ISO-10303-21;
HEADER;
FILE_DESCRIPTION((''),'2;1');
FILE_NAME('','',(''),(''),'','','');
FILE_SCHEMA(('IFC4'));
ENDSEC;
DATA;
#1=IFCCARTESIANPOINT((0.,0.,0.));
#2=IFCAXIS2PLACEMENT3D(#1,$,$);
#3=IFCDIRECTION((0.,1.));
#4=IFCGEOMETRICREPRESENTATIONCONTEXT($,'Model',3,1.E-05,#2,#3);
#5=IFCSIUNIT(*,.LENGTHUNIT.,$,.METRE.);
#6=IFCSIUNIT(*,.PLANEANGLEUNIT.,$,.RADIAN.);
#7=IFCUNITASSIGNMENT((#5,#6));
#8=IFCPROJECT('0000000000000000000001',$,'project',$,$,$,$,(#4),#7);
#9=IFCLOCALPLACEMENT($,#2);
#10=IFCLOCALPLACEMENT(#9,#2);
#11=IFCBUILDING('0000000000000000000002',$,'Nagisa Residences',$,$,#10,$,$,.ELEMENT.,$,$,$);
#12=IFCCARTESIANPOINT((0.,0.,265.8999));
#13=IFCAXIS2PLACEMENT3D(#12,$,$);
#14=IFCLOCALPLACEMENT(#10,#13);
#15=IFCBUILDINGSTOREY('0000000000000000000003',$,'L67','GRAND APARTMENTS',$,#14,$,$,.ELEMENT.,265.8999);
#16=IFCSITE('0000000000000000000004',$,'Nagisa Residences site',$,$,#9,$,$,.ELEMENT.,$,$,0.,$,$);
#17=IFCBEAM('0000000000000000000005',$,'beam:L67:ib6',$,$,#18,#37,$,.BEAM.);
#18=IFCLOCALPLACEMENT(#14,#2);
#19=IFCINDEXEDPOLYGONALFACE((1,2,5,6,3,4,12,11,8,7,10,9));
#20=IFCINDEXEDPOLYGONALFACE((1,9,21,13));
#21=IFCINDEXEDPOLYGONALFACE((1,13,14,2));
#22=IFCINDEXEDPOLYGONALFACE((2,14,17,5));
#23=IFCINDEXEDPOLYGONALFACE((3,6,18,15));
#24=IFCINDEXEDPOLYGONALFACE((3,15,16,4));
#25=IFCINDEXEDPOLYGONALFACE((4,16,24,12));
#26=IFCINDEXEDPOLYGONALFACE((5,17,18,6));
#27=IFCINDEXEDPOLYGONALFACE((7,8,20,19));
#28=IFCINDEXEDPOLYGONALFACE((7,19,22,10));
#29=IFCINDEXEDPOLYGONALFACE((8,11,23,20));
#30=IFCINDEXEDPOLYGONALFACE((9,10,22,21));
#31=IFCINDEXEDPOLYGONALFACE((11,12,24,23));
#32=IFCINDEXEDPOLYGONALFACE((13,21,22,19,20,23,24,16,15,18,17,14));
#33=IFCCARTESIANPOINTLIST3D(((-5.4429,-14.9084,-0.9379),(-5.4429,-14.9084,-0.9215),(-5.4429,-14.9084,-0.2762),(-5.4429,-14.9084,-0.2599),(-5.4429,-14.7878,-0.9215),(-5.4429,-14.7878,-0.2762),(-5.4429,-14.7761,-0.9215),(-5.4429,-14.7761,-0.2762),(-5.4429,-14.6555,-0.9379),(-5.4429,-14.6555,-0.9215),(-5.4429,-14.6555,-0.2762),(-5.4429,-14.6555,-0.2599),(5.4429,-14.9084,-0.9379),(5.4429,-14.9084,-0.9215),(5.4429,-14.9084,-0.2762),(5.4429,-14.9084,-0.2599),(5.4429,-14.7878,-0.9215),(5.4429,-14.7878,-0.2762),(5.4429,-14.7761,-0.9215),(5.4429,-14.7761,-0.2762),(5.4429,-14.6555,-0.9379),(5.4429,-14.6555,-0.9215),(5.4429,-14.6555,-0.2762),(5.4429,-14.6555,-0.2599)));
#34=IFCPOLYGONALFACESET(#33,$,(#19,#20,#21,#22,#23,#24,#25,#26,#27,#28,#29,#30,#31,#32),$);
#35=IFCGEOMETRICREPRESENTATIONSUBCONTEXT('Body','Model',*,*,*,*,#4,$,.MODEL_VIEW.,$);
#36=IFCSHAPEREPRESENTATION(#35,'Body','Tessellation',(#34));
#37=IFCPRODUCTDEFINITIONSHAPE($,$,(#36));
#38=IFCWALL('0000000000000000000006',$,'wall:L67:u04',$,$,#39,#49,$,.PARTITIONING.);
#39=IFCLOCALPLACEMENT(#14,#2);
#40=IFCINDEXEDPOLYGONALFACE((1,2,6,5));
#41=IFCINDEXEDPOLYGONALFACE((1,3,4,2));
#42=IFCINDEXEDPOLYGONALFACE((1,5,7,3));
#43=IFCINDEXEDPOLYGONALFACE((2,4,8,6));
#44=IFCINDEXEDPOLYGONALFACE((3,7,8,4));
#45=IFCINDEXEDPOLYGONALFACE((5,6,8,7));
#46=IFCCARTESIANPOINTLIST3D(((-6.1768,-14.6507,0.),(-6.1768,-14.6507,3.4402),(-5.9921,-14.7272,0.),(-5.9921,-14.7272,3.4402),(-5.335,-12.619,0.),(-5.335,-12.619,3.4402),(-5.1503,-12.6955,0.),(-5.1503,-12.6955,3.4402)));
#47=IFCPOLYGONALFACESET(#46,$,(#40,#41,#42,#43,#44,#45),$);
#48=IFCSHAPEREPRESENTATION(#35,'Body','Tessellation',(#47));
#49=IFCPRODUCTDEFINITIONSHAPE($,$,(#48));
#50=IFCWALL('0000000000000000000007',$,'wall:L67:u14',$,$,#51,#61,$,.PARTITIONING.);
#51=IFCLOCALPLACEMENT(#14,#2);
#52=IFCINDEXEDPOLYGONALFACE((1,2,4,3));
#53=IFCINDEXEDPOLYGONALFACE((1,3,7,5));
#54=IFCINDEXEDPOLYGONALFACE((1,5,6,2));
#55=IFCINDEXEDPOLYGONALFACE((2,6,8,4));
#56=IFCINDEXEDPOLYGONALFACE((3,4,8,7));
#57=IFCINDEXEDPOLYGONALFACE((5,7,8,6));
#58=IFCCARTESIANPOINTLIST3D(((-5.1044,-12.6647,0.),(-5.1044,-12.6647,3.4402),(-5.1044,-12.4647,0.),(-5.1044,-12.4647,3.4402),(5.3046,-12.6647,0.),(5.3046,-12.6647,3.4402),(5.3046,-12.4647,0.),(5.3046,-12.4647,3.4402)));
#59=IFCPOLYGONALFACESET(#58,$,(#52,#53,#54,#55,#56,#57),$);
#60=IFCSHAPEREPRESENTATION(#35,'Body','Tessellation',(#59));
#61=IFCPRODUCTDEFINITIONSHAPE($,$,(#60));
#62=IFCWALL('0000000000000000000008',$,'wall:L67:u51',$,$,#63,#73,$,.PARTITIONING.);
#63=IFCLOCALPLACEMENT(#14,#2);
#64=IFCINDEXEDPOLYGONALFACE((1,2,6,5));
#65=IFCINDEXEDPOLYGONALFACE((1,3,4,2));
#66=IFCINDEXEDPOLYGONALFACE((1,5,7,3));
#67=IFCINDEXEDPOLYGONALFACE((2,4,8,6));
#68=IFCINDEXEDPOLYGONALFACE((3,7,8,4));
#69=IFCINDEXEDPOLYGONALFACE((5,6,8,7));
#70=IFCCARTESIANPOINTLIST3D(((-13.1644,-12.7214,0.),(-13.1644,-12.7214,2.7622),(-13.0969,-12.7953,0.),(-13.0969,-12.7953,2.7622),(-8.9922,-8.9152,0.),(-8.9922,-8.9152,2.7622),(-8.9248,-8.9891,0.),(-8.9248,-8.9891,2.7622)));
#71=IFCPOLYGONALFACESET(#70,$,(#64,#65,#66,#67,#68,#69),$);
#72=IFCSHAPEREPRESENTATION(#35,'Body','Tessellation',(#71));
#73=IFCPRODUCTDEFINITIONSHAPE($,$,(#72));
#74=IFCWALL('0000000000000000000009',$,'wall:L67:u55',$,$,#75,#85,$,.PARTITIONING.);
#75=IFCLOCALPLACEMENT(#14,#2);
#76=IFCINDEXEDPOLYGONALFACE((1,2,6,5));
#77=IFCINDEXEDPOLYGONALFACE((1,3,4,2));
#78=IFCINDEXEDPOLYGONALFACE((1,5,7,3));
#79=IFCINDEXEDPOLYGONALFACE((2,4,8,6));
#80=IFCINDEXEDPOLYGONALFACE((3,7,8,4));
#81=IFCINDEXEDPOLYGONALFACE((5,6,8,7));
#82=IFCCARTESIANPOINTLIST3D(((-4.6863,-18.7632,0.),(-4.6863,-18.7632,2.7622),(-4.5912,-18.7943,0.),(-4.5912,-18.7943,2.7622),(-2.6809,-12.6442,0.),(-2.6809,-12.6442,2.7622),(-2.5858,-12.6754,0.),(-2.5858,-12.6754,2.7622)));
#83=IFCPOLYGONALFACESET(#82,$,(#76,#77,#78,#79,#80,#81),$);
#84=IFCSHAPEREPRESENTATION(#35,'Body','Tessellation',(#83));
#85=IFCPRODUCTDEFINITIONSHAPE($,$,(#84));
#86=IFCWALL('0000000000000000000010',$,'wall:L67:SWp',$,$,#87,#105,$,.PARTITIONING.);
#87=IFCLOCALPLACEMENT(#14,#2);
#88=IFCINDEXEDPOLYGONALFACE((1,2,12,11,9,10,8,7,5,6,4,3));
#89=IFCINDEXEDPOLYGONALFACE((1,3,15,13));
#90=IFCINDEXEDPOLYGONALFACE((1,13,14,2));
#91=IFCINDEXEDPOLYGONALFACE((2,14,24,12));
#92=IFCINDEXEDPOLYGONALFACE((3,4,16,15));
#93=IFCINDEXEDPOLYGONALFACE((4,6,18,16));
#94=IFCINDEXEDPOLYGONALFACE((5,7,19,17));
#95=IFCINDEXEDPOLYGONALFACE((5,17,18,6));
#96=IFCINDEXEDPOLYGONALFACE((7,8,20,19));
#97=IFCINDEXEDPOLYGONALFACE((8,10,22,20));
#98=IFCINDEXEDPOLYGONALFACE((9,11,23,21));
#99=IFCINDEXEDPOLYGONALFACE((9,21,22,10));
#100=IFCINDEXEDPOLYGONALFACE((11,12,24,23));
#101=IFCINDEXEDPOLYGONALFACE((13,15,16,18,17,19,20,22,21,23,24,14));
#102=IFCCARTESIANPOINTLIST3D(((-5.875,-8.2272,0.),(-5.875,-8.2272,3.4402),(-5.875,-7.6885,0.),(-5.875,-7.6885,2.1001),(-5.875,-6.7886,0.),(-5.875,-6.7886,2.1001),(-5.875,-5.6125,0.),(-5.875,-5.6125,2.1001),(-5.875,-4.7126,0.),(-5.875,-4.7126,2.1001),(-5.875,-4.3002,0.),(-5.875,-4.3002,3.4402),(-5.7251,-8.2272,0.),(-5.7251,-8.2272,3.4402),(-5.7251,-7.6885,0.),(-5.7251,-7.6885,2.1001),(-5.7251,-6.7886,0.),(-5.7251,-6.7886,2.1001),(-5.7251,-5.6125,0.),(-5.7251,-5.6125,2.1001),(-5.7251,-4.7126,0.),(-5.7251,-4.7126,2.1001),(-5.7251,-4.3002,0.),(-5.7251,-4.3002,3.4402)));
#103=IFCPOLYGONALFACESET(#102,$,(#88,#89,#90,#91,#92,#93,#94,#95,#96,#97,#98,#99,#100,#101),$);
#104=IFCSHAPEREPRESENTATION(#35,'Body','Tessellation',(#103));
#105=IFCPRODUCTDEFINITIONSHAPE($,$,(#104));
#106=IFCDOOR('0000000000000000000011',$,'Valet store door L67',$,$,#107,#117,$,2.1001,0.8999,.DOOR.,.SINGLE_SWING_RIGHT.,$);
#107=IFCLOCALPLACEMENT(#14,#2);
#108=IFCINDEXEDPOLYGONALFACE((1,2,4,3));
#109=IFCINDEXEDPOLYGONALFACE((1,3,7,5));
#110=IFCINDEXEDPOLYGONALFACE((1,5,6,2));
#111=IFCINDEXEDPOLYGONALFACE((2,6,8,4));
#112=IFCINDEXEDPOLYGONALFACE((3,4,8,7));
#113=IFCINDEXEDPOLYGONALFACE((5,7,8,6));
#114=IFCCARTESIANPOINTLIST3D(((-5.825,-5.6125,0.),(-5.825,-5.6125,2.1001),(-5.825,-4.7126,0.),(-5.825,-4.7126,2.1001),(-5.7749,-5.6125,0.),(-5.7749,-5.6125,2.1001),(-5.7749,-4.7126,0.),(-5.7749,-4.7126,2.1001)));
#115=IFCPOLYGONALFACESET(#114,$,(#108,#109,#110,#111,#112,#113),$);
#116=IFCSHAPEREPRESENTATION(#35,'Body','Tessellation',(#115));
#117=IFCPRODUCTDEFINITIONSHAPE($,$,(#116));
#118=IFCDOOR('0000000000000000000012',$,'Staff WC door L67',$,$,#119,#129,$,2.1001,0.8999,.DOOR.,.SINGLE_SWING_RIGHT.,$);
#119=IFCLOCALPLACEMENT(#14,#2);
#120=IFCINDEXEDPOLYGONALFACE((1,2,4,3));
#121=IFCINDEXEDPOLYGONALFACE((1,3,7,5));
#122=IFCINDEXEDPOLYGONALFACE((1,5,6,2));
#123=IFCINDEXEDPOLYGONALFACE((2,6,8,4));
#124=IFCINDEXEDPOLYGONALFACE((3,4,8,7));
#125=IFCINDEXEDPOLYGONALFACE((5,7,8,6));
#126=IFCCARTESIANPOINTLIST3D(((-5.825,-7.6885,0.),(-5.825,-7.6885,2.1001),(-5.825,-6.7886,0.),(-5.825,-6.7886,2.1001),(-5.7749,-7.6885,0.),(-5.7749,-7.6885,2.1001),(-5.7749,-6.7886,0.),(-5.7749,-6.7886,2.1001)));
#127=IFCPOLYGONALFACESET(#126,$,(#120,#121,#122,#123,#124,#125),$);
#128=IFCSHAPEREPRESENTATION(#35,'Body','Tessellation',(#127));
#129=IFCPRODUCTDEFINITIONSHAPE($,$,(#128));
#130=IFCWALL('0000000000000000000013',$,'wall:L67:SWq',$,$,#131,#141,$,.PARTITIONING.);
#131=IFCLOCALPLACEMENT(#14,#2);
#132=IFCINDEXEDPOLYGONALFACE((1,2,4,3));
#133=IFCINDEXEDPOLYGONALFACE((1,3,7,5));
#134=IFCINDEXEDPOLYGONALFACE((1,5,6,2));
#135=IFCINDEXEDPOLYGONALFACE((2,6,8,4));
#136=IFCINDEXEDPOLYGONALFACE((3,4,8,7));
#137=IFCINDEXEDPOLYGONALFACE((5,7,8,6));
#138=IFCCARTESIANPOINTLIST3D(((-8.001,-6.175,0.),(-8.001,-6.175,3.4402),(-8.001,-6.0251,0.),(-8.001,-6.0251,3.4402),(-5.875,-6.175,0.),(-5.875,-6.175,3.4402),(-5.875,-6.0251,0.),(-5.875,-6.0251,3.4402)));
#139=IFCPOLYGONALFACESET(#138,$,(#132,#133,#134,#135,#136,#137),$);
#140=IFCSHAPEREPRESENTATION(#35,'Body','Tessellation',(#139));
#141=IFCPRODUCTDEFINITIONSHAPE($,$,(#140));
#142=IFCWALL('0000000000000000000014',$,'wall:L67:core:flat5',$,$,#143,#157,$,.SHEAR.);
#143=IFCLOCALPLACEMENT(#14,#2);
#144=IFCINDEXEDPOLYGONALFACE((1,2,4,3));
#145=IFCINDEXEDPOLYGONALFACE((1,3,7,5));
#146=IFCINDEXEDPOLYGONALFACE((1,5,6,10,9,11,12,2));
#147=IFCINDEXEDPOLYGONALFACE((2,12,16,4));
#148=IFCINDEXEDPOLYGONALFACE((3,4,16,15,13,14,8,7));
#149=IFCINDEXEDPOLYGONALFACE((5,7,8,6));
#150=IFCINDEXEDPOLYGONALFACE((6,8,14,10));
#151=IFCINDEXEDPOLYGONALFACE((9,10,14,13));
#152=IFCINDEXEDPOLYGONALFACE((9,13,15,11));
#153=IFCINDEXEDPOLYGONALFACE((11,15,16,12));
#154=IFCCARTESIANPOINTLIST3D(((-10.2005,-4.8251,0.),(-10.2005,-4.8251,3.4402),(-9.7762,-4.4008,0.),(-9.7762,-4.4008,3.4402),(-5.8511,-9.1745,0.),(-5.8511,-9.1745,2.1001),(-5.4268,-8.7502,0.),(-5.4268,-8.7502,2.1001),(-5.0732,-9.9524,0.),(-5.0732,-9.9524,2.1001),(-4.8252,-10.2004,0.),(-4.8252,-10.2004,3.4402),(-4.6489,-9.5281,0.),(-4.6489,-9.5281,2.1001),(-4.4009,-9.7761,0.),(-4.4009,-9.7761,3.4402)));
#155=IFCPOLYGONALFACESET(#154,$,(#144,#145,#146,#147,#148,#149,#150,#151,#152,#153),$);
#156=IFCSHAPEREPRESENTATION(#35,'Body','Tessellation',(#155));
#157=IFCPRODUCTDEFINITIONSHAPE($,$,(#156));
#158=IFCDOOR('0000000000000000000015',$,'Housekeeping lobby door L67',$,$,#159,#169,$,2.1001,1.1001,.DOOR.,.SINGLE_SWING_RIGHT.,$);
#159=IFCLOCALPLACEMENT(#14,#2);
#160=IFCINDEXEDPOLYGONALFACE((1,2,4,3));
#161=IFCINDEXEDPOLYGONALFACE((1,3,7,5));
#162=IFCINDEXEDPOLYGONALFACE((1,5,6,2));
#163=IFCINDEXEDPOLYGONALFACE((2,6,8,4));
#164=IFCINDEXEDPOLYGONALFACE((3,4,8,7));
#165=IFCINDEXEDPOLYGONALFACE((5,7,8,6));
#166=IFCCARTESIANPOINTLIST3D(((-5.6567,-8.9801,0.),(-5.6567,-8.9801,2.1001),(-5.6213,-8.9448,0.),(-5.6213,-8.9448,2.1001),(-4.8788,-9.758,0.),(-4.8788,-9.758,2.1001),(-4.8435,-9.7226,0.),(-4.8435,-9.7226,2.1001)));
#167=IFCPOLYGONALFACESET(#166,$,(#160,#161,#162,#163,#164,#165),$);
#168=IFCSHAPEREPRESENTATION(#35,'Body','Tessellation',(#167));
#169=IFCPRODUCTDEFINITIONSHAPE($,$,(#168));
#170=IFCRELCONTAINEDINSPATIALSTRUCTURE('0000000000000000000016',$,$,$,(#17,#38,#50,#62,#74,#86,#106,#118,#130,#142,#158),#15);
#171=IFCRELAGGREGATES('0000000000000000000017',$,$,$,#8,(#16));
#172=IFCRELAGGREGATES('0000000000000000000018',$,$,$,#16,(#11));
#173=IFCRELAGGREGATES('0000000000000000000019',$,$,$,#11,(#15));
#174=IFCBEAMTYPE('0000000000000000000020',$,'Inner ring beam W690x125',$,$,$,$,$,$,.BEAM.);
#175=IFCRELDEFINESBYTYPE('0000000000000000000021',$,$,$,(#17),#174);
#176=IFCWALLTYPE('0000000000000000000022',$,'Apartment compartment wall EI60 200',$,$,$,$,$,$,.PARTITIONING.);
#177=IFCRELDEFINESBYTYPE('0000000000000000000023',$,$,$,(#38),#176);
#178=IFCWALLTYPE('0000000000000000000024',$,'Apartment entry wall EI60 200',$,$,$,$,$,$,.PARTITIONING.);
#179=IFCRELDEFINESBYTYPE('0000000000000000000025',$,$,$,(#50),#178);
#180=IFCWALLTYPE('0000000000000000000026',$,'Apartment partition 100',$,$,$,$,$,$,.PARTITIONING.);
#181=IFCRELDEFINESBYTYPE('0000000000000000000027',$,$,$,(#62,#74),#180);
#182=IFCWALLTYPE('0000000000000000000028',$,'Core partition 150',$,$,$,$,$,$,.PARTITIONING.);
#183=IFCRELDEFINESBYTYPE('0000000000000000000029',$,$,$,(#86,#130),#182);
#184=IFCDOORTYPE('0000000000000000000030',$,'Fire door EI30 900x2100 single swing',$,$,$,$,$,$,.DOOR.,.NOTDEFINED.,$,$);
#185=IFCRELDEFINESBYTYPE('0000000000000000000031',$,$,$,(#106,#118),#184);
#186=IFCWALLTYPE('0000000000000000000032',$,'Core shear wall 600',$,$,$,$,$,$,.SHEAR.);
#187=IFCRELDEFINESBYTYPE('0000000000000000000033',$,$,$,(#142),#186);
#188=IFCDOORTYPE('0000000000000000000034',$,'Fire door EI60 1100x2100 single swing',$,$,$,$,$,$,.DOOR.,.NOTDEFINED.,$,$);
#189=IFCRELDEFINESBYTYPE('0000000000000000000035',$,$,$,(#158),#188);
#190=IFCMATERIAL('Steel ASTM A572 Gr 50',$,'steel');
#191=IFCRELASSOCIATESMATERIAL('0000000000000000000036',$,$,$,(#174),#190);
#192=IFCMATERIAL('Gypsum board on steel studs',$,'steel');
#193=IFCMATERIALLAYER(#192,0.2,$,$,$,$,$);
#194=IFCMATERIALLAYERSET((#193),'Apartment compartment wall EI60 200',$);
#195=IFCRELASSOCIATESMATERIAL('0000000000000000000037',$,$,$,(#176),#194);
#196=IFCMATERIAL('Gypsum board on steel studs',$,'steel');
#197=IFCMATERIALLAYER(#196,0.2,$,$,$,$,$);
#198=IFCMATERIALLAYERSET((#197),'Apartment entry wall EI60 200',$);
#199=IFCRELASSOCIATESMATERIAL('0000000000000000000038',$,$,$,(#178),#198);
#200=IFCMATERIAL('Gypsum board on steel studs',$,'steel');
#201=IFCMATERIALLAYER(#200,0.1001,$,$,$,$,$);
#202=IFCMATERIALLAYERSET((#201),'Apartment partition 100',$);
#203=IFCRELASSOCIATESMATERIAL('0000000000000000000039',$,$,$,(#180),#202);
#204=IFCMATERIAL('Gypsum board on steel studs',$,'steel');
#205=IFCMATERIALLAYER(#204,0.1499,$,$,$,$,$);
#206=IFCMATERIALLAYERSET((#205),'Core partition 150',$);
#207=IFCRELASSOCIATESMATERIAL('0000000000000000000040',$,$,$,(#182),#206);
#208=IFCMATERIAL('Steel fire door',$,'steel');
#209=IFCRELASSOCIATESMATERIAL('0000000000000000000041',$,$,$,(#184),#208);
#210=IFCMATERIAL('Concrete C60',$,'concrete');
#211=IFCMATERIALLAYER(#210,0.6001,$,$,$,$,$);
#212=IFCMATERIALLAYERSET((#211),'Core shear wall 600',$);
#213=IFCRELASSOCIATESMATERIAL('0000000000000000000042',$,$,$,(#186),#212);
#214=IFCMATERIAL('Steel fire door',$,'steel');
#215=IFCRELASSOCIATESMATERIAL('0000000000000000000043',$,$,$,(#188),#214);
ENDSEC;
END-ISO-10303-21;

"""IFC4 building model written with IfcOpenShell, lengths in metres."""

from ifc_helpers import new_model, si_unit, direction, frame, frame_2d, origin, origin_2d, place, context, subcontext, project, spatial, rectangle, i_section, extrude, material, layer, layer_set, material_profile, profile_set, type_object, element, fill, save


model = new_model("IFC4")

# Units and contexts
model_context = context("Model", 3, precision=1e-05, world=origin(), true_north=direction((0.0, 1.0)))
body_context = subcontext(model_context, "Body", "Model", "MODEL_VIEW")
ifc_project = project(units=[si_unit("LENGTHUNIT", "METRE"), si_unit("PLANEANGLEUNIT", "RADIAN")], contexts=[model_context])

# Site, building, storey
site_placement = place(None, origin())
site = spatial("IfcSite", under=ifc_project, at=site_placement, Name="Nagisa Residences site", CompositionType="ELEMENT", RefElevation=0.0)
building_placement = place(site_placement, origin())
building = spatial("IfcBuilding", under=site, at=building_placement, Name="Nagisa Residences", CompositionType="ELEMENT")
storey_placement = place(building_placement, frame((0.0, 0.0, 265.8999)))
storey = spatial("IfcBuildingStorey", under=building, at=storey_placement, Name="L67", Description="GRAND APARTMENTS", CompositionType="ELEMENT", Elevation=265.8999)

# Beam
ifc_material_1 = material(Name="Steel ASTM A572 Gr 50", Category="steel")
ifc_material_profile = material_profile(ifc_material_1, i_section(OverallWidth=0.2529, OverallDepth=0.678, WebThickness=0.0117, FlangeThickness=0.0164, at=origin_2d()), Name="W690x125")
ifc_profile_set = profile_set([ifc_material_profile], Name="Steel ASTM A572 Gr 50")
beam_type = type_object("IfcBeamType", Name="Inner ring beam W690x125", PredefinedType="BEAM", material=ifc_profile_set)
beam_placement = place(storey_placement, frame((-5.4429, -14.782, -0.5989), z_axis=(1.0, 0.0, 0.0), x_axis=(0.0, 1.0, 0.0)))
element("IfcBeam", 1, at=beam_placement, inside=storey, type_object=beam_type, Name="beam:L67:ib6", PredefinedType="BEAM", context=body_context, shape_type="SweptSolid", body=[
    extrude(i_section(OverallWidth=0.2529, OverallDepth=0.678, WebThickness=0.0117, FlangeThickness=0.0164, at=origin_2d()), origin(), (0.0, 0.0, 1.0), 10.8857),
])

# Walls
ifc_material_2 = material(Name="Gypsum board on steel studs", Category="steel")
ifc_layer_1 = layer(ifc_material_2, 0.2)
ifc_layer_set_1 = layer_set([ifc_layer_1], Name="Apartment compartment wall EI60 200")
wall_type_1 = type_object("IfcWallType", Name="Apartment compartment wall EI60 200", PredefinedType="PARTITIONING", material=ifc_layer_set_1)
wall_1_placement = place(storey_placement, frame((-5.2427, -12.6572, 0.0), z_axis=(0.0, 0.0, 1.0), x_axis=(-0.38277, -0.923844, 0.0)))
element("IfcWall", 2, at=wall_1_placement, inside=storey, type_object=wall_type_1, Name="wall:L67:u04", PredefinedType="PARTITIONING", context=body_context, shape_type="SweptSolid", body=[
    extrude(rectangle(XDim=2.1992, YDim=0.2, at=frame_2d((1.0996, 0.0))), origin(), (0.0, 0.0, 1.0), 3.4402),
])
ifc_material_3 = material(Name="Gypsum board on steel studs", Category="steel")
ifc_layer_2 = layer(ifc_material_3, 0.2)
ifc_layer_set_2 = layer_set([ifc_layer_2], Name="Apartment entry wall EI60 200")
wall_type_2 = type_object("IfcWallType", Name="Apartment entry wall EI60 200", PredefinedType="PARTITIONING", material=ifc_layer_set_2)
wall_2_placement = place(storey_placement, frame((-5.1045, -12.5647, 0.0), z_axis=(0.0, 0.0, 1.0), x_axis=(1.0, 0.0, 0.0)))
element("IfcWall", 3, at=wall_2_placement, inside=storey, type_object=wall_type_2, Name="wall:L67:u14", PredefinedType="PARTITIONING", context=body_context, shape_type="SweptSolid", body=[
    extrude(rectangle(XDim=10.4089, YDim=0.2, at=frame_2d((5.2046, 0.0))), origin(), (0.0, 0.0, 1.0), 3.4402),
])
ifc_material_4 = material(Name="Gypsum board on steel studs", Category="steel")
ifc_layer_3 = layer(ifc_material_4, 0.1001)
ifc_layer_set_3 = layer_set([ifc_layer_3], Name="Apartment partition 100")
wall_type_3 = type_object("IfcWallType", Name="Apartment partition 100", PredefinedType="PARTITIONING", material=ifc_layer_set_3)
wall_3_placement = place(storey_placement, frame((-8.9585, -8.9521, 0.0), z_axis=(0.0, 0.0, 1.0), x_axis=(-0.738765, -0.673963, 0.0)))
element("IfcWall", 4, at=wall_3_placement, inside=storey, type_object=wall_type_3, Name="wall:L67:u51", PredefinedType="PARTITIONING", context=body_context, shape_type="SweptSolid", body=[
    extrude(rectangle(XDim=5.6475, YDim=0.1001, at=frame_2d((2.8237, 0.0))), origin(), (0.0, 0.0, 1.0), 2.7622),
])
wall_4_placement = place(storey_placement, frame((-2.6333, -12.6597, 0.0), z_axis=(0.0, 0.0, 1.0), x_axis=(-0.311435, -0.950267, 0.0)))
element("IfcWall", 5, at=wall_4_placement, inside=storey, type_object=wall_type_3, Name="wall:L67:u55", PredefinedType="PARTITIONING", context=body_context, shape_type="SweptSolid", body=[
    extrude(rectangle(XDim=6.4392, YDim=0.1001, at=frame_2d((3.2197, 0.0))), origin(), (0.0, 0.0, 1.0), 2.7622),
])

# Wall, openings, doors
ifc_material_5 = material(Name="Gypsum board on steel studs", Category="steel")
ifc_layer_4 = layer(ifc_material_5, 0.1499)
ifc_layer_set_4 = layer_set([ifc_layer_4], Name="Core partition 150")
wall_type_4 = type_object("IfcWallType", Name="Core partition 150", PredefinedType="PARTITIONING", material=ifc_layer_set_4)
wall_5_placement = place(storey_placement, frame((-5.8, -8.2271, 0.0), z_axis=(0.0, 0.0, 1.0), x_axis=(0.0, 1.0, 0.0)))
wall_5 = element("IfcWall", 6, at=wall_5_placement, inside=storey, type_object=wall_type_4, Name="wall:L67:SWp", PredefinedType="PARTITIONING", context=body_context, shape_type="SweptSolid", body=[
    extrude(rectangle(XDim=3.927, YDim=0.1499, at=frame_2d((1.9634, 0.0))), origin(), (0.0, 0.0, 1.0), 3.4402),
])
opening_1_placement = place(wall_5_placement, frame((2.6145, 0.0, 0.0)))
opening_1 = element("IfcOpeningElement", 7, at=opening_1_placement, cuts=wall_5, PredefinedType="OPENING", context=body_context, shape_type="SweptSolid", body=[
    extrude(rectangle(XDim=0.8999, YDim=2.1001, at=frame_2d((0.45, 1.05))), frame((0.0, 0.085, 0.0), z_axis=(0.0, -1.0, 0.0), x_axis=(1.0, 0.0, 0.0)), (0.0, 0.0, 1.0), 0.1699),
])
opening_2_placement = place(wall_5_placement, frame((0.5386, 0.0, 0.0)))
opening_2 = element("IfcOpeningElement", 8, at=opening_2_placement, cuts=wall_5, PredefinedType="OPENING", context=body_context, shape_type="SweptSolid", body=[
    extrude(rectangle(XDim=0.8999, YDim=2.1001, at=frame_2d((0.45, 1.05))), frame((0.0, 0.085, 0.0), z_axis=(0.0, -1.0, 0.0), x_axis=(1.0, 0.0, 0.0)), (0.0, 0.0, 1.0), 0.1699),
])
ifc_material_6 = material(Name="Steel fire door", Category="steel")
door_type_1 = type_object("IfcDoorType", Name="Fire door EI30 900x2100 single swing", OperationType="NOTDEFINED", PredefinedType="DOOR", material=ifc_material_6)
door_1_placement = place(opening_1_placement, origin())
door_1 = element("IfcDoor", 9, at=door_1_placement, inside=storey, type_object=door_type_1, Name="Valet store door L67", OperationType="SINGLE_SWING_RIGHT", OverallHeight=2.1001, OverallWidth=0.8999, PredefinedType="DOOR", context=body_context, shape_type="SweptSolid", body=[
    extrude(rectangle(XDim=0.8999, YDim=2.1001, at=frame_2d((0.45, 1.05))), frame((0.0, 0.0249, 0.0), z_axis=(0.0, -1.0, 0.0), x_axis=(1.0, 0.0, 0.0)), (0.0, 0.0, 1.0), 0.05),
])
fill(opening_1, door_1)
door_2_placement = place(opening_2_placement, origin())
door_2 = element("IfcDoor", 10, at=door_2_placement, inside=storey, type_object=door_type_1, Name="Staff WC door L67", OperationType="SINGLE_SWING_RIGHT", OverallHeight=2.1001, OverallWidth=0.8999, PredefinedType="DOOR", context=body_context, shape_type="SweptSolid", body=[
    extrude(rectangle(XDim=0.8999, YDim=2.1001, at=frame_2d((0.45, 1.05))), frame((0.0, 0.0249, 0.0), z_axis=(0.0, -1.0, 0.0), x_axis=(1.0, 0.0, 0.0)), (0.0, 0.0, 1.0), 0.05),
])
fill(opening_2, door_2)

# Wall
wall_6_placement = place(storey_placement, frame((-8.001, -6.1001, 0.0), z_axis=(0.0, 0.0, 1.0), x_axis=(1.0, 0.0, 0.0)))
element("IfcWall", 11, at=wall_6_placement, inside=storey, type_object=wall_type_4, Name="wall:L67:SWq", PredefinedType="PARTITIONING", context=body_context, shape_type="SweptSolid", body=[
    extrude(rectangle(XDim=2.126, YDim=0.1499, at=frame_2d((1.063, 0.0))), origin(), (0.0, 0.0, 1.0), 3.4402),
])

# Wall, opening, door
ifc_material_7 = material(Name="Concrete C60", Category="concrete")
ifc_layer_5 = layer(ifc_material_7, 0.6001)
ifc_layer_set_5 = layer_set([ifc_layer_5], Name="Core shear wall 600")
wall_type_5 = type_object("IfcWallType", Name="Core shear wall 600", PredefinedType="SHEAR", material=ifc_layer_set_5)
wall_7_placement = place(storey_placement, frame((-9.9883, -4.613, 0.0), z_axis=(0.0, 0.0, 1.0), x_axis=(0.707107, -0.707107, 0.0)))
wall_7 = element("IfcWall", 12, at=wall_7_placement, inside=storey, type_object=wall_type_5, Name="wall:L67:core:flat5", PredefinedType="SHEAR", context=body_context, shape_type="SweptSolid", body=[
    extrude(rectangle(XDim=7.6018, YDim=0.6001, at=frame_2d((3.8008, 0.0))), origin(), (0.0, 0.0, 1.0), 3.4402),
])
opening_3_placement = place(wall_7_placement, frame((6.1509, 0.0, 0.0)))
opening_3 = element("IfcOpeningElement", 13, at=opening_3_placement, cuts=wall_7, PredefinedType="OPENING", context=body_context, shape_type="SweptSolid", body=[
    extrude(rectangle(XDim=1.1001, YDim=2.1001, at=frame_2d((0.55, 1.05))), frame((0.0, 0.3101, 0.0), z_axis=(0.0, -1.0, 0.0), x_axis=(1.0, 0.0, 0.0)), (0.0, 0.0, 1.0), 0.6201),
])
ifc_material_8 = material(Name="Steel fire door", Category="steel")
door_type_2 = type_object("IfcDoorType", Name="Fire door EI60 1100x2100 single swing", OperationType="NOTDEFINED", PredefinedType="DOOR", material=ifc_material_8)
door_3_placement = place(opening_3_placement, origin())
door_3 = element("IfcDoor", 14, at=door_3_placement, inside=storey, type_object=door_type_2, Name="Housekeeping lobby door L67", OperationType="SINGLE_SWING_RIGHT", OverallHeight=2.1001, OverallWidth=1.1001, PredefinedType="DOOR", context=body_context, shape_type="SweptSolid", body=[
    extrude(rectangle(XDim=1.1001, YDim=2.1001, at=frame_2d((0.55, 1.05))), frame((0.0, 0.0249, 0.0), z_axis=(0.0, -1.0, 0.0), x_axis=(1.0, 0.0, 0.0)), (0.0, 0.0, 1.0), 0.05),
])
fill(opening_3, door_3)

save(model, "model.ifc")
